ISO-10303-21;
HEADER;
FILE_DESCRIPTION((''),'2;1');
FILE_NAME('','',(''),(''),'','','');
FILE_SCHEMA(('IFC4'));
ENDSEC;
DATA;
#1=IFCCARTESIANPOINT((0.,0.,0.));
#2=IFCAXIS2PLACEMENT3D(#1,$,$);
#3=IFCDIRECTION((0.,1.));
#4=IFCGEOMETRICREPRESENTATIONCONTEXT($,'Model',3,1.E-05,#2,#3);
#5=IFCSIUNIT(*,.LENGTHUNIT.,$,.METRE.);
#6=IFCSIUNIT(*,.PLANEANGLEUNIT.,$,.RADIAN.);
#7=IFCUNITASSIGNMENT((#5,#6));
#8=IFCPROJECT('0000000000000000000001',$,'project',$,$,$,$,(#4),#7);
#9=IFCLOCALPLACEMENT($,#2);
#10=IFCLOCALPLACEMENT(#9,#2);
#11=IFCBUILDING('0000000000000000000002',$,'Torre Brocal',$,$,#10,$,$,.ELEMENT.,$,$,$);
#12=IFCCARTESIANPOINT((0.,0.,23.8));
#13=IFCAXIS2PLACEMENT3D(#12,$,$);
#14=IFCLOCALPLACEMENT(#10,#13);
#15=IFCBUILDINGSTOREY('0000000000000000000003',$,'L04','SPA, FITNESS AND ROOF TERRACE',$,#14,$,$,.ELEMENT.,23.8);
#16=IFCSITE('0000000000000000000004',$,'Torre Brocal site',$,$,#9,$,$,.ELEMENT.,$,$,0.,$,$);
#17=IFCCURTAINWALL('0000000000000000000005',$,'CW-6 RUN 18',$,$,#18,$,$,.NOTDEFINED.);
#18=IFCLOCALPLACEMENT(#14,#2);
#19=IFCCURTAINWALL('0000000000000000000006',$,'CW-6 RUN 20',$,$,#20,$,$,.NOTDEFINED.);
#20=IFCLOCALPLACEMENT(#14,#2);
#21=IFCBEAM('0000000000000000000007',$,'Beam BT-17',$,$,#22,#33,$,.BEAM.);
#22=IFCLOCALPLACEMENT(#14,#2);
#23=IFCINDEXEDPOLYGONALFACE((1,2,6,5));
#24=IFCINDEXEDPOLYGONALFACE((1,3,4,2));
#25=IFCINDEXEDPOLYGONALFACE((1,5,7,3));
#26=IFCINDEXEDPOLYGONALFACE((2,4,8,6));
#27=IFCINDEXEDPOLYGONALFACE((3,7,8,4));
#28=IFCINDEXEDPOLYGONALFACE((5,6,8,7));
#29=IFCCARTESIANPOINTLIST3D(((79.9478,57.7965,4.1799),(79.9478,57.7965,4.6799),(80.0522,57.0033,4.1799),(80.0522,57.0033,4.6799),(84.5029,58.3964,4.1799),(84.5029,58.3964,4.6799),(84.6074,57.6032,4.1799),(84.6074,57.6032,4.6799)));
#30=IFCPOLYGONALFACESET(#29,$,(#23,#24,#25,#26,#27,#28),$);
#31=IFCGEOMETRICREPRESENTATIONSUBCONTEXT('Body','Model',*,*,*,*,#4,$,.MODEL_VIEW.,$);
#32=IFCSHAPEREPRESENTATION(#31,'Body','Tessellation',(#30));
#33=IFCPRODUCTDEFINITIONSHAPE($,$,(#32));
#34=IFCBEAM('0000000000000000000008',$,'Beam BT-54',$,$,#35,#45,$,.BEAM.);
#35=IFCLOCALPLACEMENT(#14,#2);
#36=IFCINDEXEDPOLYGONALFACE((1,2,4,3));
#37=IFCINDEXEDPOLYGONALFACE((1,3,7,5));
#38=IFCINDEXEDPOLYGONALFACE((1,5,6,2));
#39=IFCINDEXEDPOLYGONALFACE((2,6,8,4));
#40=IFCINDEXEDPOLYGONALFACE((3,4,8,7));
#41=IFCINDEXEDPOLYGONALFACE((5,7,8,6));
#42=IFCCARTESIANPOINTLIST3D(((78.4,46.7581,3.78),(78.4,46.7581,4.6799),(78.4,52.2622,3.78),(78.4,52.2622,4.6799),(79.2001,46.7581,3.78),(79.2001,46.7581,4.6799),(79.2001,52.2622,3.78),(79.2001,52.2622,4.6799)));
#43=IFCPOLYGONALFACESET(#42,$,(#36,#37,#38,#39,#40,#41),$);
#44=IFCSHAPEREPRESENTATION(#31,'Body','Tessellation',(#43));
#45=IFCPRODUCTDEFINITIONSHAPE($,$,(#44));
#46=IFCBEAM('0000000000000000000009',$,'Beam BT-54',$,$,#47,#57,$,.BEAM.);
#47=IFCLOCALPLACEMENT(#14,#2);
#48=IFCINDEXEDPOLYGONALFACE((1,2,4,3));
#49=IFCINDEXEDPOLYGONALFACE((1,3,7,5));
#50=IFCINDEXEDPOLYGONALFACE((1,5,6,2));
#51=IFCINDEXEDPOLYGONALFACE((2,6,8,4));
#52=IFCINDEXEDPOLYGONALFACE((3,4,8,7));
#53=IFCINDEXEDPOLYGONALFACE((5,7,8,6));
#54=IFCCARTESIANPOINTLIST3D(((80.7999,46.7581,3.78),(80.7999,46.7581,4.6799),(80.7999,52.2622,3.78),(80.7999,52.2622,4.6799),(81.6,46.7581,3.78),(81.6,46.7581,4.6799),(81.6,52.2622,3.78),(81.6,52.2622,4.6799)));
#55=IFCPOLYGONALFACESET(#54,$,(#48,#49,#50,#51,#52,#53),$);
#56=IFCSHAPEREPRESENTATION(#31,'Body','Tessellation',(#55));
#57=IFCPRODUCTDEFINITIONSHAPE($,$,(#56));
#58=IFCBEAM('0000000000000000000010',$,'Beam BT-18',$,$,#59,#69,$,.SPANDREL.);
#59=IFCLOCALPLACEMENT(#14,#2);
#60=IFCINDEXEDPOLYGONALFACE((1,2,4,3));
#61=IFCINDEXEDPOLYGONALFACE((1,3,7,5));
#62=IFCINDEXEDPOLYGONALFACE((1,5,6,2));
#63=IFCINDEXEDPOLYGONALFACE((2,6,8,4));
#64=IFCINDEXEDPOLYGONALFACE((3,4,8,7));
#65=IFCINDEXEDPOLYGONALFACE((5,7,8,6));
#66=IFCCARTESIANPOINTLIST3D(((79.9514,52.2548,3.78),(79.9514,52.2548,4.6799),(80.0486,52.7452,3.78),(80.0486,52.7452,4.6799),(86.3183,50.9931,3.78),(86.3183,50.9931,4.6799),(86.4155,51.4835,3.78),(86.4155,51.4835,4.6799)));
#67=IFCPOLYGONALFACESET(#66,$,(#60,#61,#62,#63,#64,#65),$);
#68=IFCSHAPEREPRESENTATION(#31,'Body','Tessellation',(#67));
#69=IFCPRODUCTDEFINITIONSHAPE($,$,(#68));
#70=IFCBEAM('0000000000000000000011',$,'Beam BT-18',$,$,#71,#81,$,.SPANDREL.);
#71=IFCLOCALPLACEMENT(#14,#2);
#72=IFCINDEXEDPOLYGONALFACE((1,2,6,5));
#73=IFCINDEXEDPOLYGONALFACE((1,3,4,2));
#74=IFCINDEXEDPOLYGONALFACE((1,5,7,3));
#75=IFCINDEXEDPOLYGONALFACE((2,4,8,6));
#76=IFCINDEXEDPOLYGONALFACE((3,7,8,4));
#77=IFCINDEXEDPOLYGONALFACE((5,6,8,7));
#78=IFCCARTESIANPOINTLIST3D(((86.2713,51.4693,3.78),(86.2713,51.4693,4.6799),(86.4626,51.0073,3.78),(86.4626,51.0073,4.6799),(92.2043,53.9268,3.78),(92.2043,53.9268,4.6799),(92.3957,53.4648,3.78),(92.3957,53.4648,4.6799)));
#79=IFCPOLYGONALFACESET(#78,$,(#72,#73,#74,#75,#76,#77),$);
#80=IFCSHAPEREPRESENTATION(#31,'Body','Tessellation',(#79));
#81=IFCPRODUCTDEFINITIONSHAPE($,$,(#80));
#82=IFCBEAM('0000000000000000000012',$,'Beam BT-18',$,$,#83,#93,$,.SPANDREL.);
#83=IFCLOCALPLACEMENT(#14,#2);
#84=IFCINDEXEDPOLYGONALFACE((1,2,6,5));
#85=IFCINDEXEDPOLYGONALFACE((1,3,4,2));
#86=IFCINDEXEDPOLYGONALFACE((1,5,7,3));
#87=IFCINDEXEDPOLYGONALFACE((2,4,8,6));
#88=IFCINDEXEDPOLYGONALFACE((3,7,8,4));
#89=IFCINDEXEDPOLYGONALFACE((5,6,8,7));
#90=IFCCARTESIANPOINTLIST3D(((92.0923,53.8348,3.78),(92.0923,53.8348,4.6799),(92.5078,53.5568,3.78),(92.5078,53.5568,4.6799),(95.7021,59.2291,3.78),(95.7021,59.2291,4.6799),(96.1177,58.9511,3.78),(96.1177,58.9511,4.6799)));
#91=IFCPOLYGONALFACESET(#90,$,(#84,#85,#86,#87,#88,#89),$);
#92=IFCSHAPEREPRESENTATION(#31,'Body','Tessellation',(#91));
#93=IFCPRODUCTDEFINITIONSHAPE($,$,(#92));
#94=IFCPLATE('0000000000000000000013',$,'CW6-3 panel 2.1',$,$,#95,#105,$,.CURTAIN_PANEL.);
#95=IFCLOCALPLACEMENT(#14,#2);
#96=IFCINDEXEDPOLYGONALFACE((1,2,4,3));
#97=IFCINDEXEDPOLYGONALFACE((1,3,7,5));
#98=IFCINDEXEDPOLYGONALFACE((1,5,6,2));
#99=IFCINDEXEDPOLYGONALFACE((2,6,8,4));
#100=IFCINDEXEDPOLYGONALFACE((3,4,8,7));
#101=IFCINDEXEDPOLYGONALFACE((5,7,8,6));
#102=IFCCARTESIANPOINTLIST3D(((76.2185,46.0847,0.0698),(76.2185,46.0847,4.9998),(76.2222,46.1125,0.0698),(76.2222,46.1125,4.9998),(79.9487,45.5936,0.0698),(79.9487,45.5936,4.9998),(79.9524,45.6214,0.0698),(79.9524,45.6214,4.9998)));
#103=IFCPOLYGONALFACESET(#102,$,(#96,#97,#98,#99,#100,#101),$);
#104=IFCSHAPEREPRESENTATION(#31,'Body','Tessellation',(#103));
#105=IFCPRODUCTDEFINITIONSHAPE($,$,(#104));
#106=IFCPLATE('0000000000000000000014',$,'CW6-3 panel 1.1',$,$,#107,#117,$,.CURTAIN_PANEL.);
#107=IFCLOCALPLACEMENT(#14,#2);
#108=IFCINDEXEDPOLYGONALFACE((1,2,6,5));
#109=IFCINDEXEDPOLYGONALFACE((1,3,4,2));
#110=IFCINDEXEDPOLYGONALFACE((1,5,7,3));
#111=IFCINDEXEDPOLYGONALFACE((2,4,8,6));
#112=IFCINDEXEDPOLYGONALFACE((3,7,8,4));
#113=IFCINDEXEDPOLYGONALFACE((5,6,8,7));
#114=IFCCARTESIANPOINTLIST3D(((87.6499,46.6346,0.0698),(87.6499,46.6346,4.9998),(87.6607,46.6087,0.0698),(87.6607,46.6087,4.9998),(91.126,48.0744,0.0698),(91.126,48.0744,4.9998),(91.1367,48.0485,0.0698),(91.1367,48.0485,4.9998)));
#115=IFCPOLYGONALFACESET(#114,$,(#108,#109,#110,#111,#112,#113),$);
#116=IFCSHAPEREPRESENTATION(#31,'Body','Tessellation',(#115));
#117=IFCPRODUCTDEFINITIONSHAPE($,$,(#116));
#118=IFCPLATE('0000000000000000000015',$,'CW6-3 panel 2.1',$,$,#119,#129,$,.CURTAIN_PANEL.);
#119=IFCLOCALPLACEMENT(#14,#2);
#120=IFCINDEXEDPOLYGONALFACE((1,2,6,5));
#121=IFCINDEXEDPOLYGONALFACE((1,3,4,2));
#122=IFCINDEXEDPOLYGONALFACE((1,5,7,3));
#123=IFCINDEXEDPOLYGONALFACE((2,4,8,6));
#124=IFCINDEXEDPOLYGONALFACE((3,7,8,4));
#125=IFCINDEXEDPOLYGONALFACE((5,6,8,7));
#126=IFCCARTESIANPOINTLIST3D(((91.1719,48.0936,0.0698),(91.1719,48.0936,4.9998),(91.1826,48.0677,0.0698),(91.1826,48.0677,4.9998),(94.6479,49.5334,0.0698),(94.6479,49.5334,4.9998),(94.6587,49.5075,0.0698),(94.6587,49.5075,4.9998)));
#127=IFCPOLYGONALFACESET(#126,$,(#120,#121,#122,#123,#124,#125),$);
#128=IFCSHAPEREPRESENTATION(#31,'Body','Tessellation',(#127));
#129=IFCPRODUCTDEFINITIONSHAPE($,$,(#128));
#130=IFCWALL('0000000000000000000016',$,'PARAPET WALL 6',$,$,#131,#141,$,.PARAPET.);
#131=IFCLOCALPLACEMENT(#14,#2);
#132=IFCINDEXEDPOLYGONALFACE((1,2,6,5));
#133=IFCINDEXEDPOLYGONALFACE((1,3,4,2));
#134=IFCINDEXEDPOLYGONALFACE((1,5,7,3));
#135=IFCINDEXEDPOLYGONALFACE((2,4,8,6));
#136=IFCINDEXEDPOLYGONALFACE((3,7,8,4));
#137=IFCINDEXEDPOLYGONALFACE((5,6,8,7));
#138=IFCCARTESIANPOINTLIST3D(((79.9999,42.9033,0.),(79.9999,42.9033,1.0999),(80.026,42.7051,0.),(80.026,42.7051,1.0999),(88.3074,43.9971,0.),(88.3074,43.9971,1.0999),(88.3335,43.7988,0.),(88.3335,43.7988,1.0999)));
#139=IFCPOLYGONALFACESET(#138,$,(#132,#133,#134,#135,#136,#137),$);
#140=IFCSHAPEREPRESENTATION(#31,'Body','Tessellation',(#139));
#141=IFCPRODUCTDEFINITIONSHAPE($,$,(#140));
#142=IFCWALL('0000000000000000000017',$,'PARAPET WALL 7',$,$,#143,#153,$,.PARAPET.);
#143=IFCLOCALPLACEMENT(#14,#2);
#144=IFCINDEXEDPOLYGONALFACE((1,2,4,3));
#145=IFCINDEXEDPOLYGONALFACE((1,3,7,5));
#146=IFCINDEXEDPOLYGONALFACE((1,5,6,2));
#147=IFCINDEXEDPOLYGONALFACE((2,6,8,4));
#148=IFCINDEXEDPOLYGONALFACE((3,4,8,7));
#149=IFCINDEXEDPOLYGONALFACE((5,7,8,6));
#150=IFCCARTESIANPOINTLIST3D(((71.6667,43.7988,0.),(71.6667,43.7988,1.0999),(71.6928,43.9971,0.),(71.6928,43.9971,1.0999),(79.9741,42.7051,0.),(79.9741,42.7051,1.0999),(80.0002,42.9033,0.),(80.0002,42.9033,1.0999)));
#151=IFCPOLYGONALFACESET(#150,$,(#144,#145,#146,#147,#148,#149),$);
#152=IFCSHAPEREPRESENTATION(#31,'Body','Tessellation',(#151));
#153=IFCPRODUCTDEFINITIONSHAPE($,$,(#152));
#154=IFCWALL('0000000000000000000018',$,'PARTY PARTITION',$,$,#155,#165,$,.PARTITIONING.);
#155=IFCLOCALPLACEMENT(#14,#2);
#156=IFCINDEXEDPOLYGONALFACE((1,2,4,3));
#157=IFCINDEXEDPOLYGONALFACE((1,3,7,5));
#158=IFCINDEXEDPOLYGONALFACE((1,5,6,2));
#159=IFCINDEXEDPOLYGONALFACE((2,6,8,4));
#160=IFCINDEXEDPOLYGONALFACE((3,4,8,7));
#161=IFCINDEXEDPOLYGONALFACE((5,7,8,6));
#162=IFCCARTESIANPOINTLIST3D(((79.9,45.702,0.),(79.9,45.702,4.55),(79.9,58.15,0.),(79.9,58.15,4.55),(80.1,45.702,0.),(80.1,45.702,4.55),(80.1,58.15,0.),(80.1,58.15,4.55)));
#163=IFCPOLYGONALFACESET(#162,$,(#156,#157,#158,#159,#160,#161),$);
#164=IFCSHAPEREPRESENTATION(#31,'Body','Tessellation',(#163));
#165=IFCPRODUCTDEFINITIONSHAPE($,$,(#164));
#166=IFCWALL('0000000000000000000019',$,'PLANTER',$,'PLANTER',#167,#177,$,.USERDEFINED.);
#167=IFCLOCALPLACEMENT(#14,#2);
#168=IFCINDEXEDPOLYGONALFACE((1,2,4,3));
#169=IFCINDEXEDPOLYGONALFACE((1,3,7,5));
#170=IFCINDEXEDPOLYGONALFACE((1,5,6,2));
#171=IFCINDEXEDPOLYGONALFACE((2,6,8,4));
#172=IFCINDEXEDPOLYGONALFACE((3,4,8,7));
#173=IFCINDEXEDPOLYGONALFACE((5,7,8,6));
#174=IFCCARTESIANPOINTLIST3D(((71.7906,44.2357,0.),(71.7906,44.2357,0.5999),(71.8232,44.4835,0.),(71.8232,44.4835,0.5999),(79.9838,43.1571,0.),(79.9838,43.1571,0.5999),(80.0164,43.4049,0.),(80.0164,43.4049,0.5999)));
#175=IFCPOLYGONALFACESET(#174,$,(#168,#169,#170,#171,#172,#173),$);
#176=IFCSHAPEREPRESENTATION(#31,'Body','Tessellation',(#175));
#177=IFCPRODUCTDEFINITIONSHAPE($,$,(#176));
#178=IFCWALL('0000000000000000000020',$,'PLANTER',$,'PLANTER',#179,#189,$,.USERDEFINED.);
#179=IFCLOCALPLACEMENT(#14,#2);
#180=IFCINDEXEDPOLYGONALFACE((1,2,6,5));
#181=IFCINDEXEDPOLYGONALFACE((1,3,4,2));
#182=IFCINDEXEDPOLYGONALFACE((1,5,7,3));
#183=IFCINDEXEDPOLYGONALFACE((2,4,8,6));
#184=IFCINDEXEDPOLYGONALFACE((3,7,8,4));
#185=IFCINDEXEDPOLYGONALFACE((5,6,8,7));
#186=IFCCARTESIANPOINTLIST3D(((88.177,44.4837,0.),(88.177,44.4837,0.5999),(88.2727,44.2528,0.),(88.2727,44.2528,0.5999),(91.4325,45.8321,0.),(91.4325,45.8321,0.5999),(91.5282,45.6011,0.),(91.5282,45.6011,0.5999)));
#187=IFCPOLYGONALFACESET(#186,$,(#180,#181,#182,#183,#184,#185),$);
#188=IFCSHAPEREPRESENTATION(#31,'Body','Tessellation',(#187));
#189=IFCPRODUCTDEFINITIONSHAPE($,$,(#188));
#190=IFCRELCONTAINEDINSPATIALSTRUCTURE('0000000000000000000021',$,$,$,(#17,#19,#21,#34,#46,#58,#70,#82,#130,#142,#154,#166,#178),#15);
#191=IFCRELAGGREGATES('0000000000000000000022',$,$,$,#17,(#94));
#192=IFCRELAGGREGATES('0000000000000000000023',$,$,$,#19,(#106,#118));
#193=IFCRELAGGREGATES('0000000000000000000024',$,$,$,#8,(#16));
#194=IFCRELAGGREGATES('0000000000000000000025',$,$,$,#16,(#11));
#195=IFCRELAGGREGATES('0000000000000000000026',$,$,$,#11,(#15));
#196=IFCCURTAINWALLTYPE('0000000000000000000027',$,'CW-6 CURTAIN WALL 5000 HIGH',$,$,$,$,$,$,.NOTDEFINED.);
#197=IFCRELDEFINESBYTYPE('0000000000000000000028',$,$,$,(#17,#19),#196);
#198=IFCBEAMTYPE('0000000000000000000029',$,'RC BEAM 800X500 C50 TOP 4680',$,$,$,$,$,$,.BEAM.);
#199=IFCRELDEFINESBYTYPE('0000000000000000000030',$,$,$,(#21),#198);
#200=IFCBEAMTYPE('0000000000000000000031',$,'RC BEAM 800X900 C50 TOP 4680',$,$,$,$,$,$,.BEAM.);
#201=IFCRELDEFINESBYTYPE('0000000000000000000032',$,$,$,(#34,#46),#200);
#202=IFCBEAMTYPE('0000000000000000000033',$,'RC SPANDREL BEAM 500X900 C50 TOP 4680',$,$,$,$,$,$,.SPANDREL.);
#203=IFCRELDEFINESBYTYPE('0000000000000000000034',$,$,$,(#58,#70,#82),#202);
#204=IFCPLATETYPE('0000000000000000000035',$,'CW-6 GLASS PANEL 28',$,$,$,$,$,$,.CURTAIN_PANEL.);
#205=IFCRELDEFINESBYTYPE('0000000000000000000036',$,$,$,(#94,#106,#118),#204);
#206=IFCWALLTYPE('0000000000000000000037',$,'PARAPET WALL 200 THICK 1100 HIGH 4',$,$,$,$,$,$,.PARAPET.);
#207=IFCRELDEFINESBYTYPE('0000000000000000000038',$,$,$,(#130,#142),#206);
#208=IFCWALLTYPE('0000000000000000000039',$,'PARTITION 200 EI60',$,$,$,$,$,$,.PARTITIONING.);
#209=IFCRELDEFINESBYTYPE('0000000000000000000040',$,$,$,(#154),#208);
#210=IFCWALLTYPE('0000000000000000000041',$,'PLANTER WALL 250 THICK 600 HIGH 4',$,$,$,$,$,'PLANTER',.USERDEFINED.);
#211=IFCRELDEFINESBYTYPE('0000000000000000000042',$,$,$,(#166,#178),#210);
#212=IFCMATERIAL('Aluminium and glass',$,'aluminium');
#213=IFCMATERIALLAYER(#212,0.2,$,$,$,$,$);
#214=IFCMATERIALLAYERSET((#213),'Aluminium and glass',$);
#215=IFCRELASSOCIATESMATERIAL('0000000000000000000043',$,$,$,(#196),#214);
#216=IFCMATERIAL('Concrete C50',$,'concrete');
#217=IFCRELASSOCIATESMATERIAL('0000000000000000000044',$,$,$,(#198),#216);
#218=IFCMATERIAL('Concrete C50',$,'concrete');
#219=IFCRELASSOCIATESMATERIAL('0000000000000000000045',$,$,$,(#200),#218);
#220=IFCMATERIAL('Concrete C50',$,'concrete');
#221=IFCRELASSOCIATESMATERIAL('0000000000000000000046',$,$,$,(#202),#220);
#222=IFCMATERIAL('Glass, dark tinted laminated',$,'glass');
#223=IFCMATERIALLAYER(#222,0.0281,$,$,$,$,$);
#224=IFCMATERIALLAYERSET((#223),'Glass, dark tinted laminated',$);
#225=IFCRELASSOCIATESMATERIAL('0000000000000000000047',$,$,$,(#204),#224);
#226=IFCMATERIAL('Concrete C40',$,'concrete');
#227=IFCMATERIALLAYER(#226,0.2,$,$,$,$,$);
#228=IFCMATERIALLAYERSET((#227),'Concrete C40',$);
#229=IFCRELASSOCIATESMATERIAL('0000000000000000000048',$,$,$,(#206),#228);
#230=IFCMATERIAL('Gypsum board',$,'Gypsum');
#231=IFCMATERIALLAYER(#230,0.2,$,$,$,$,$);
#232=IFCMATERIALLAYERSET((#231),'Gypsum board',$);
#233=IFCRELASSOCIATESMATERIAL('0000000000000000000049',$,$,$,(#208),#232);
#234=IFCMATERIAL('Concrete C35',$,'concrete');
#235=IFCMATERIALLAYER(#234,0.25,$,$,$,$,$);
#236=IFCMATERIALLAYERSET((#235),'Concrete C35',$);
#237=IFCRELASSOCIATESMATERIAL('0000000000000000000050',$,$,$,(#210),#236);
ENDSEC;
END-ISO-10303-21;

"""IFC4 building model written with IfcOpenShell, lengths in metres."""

from ifc_helpers import new_model, si_unit, direction, frame, frame_2d, origin, origin_2d, place, context, subcontext, project, spatial, rectangle, extrude, material, layer, layer_set, material_profile, profile_set, type_object, element, aggregate, save


model = new_model("IFC4")

# Units and contexts
model_context = context("Model", 3, precision=1e-05, world=origin(), true_north=direction((0.0, 1.0)))
body_context = subcontext(model_context, "Body", "Model", "MODEL_VIEW")
ifc_project = project(units=[si_unit("LENGTHUNIT", "METRE"), si_unit("PLANEANGLEUNIT", "RADIAN")], contexts=[model_context])

# Site, building, storey
site_placement = place(None, origin())
site = spatial("IfcSite", under=ifc_project, at=site_placement, Name="Torre Brocal site", CompositionType="ELEMENT", RefElevation=0.0)
building_placement = place(site_placement, origin())
building = spatial("IfcBuilding", under=site, at=building_placement, Name="Torre Brocal", CompositionType="ELEMENT")
storey_placement = place(building_placement, frame((0.0, 0.0, 23.8)))
storey = spatial("IfcBuildingStorey", under=building, at=storey_placement, Name="L04", Description="SPA, FITNESS AND ROOF TERRACE", CompositionType="ELEMENT", Elevation=23.8)

# Curtain wall
ifc_material_1 = material(Name="Aluminium and glass", Category="aluminium")
ifc_layer_1 = layer(ifc_material_1, 0.2)
ifc_layer_set_1 = layer_set([ifc_layer_1], Name="Aluminium and glass")
curtain_wall_type = type_object("IfcCurtainWallType", Name="CW-6 CURTAIN WALL 5000 HIGH", PredefinedType="NOTDEFINED", material=ifc_layer_set_1)
curtain_wall_1_placement = place(storey_placement, origin())
curtain_wall_1 = element("IfcCurtainWall", 1, at=curtain_wall_1_placement, inside=storey, type_object=curtain_wall_type, Name="CW-6 RUN 18", PredefinedType="NOTDEFINED")

# Curtain wall
curtain_wall_2_placement = place(storey_placement, origin())
curtain_wall_2 = element("IfcCurtainWall", 2, at=curtain_wall_2_placement, inside=storey, type_object=curtain_wall_type, Name="CW-6 RUN 20", PredefinedType="NOTDEFINED")

# Beams
ifc_material_2 = material(Name="Concrete C50", Category="concrete")
ifc_material_profile_1 = material_profile(ifc_material_2, rectangle(XDim=0.8, YDim=0.5, at=origin_2d()), Name="RC 800X500")
ifc_profile_set_1 = profile_set([ifc_material_profile_1], Name="Concrete C50")
beam_type_1 = type_object("IfcBeamType", Name="RC BEAM 800X500 C50 TOP 4680", PredefinedType="BEAM", material=ifc_profile_set_1)
beam_1_placement = place(storey_placement, frame((80.0, 57.3999, 4.4299), z_axis=(0.991441, 0.130559, 0.0), x_axis=(-0.130559, 0.991441, 0.0)))
element("IfcBeam", 3, at=beam_1_placement, inside=storey, type_object=beam_type_1, Name="Beam BT-17", PredefinedType="BEAM", context=body_context, shape_type="SweptSolid", body=[
    extrude(rectangle(XDim=0.8, YDim=0.5, at=origin_2d()), origin(), (0.0, 0.0, 1.0), 4.5945),
])
ifc_material_3 = material(Name="Concrete C50", Category="concrete")
ifc_material_profile_2 = material_profile(ifc_material_3, rectangle(XDim=0.8, YDim=0.8999, at=origin_2d()), Name="RC 800X900")
ifc_profile_set_2 = profile_set([ifc_material_profile_2], Name="Concrete C50")
beam_type_2 = type_object("IfcBeamType", Name="RC BEAM 800X900 C50 TOP 4680", PredefinedType="BEAM", material=ifc_profile_set_2)
for number, where, z_axis, x_axis, name in (
    (4, (78.8, 52.2622, 4.23), (0.0, -1.0, 0.0), (1.0, 0.0, 0.0), "Beam BT-54"),
    (5, (81.2, 52.2622, 4.23), (0.0, -1.0, 0.0), (1.0, 0.0, 0.0), "Beam BT-54"),
):
    element("IfcBeam", number, at=place(storey_placement, frame(where, z_axis=z_axis, x_axis=x_axis)), inside=storey, type_object=beam_type_2, Name=name, PredefinedType="BEAM", context=body_context, shape_type="SweptSolid", body=[
        extrude(rectangle(XDim=0.8, YDim=0.8999, at=origin_2d()), origin(), (0.0, 0.0, 1.0), 5.5042),
    ])
ifc_material_4 = material(Name="Concrete C50", Category="concrete")
ifc_material_profile_3 = material_profile(ifc_material_4, rectangle(XDim=0.5, YDim=0.8999, at=origin_2d()), Name="RC 500X900")
ifc_profile_set_3 = profile_set([ifc_material_profile_3], Name="Concrete C50")
beam_type_3 = type_object("IfcBeamType", Name="RC SPANDREL BEAM 500X900 C50 TOP 4680", PredefinedType="SPANDREL", material=ifc_profile_set_3)
beam_2_placement = place(storey_placement, frame((80.0, 52.5, 4.23), z_axis=(0.980925, -0.194387, 0.0), x_axis=(0.194387, 0.980925, 0.0)))
element("IfcBeam", 6, at=beam_2_placement, inside=storey, type_object=beam_type_3, Name="Beam BT-18", PredefinedType="SPANDREL", context=body_context, shape_type="SweptSolid", body=[
    extrude(rectangle(XDim=0.5, YDim=0.8999, at=origin_2d()), origin(), (0.0, 0.0, 1.0), 6.4907),
])
beam_3_placement = place(storey_placement, frame((86.3669, 51.2383, 4.23), z_axis=(0.923882, 0.382676, 0.0), x_axis=(-0.382676, 0.923882, 0.0)))
element("IfcBeam", 7, at=beam_3_placement, inside=storey, type_object=beam_type_3, Name="Beam BT-18", PredefinedType="SPANDREL", context=body_context, shape_type="SweptSolid", body=[
    extrude(rectangle(XDim=0.5, YDim=0.8999, at=origin_2d()), origin(), (0.0, 0.0, 1.0), 6.4219),
])
beam_4_placement = place(storey_placement, frame((92.3, 53.6958, 4.23), z_axis=(0.556158, 0.831077, 0.0), x_axis=(-0.831077, 0.556158, 0.0)))
element("IfcBeam", 8, at=beam_4_placement, inside=storey, type_object=beam_type_3, Name="Beam BT-18", PredefinedType="SPANDREL", context=body_context, shape_type="SweptSolid", body=[
    extrude(rectangle(XDim=0.5, YDim=0.8999, at=origin_2d()), origin(), (0.0, 0.0, 1.0), 6.4907),
])

# Plates
ifc_material_5 = material(Name="Glass, dark tinted laminated", Category="glass")
ifc_layer_2 = layer(ifc_material_5, 0.0281)
ifc_layer_set_2 = layer_set([ifc_layer_2], Name="Glass, dark tinted laminated")
plate_type = type_object("IfcPlateType", Name="CW-6 GLASS PANEL 28", PredefinedType="CURTAIN_PANEL", material=ifc_layer_set_2)
plate_1_placement = place(storey_placement, frame((78.0854, 45.853, 0.0698), z_axis=(0.0, 0.0, 1.0), x_axis=(0.991445, -0.130526, 0.0)))
plate_1 = element("IfcPlate", 9, at=plate_1_placement, type_object=plate_type, Name="CW6-3 panel 2.1", PredefinedType="CURTAIN_PANEL", context=body_context, shape_type="SweptSolid", body=[
    extrude(rectangle(XDim=3.7625, YDim=0.0281, at=origin_2d()), origin(), (0.0, 0.0, 1.0), 4.9299),
])
aggregate(curtain_wall_1, [plate_1])
plate_2_placement = place(storey_placement, frame((89.3933, 47.3416, 0.0698), z_axis=(0.0, 0.0, 1.0), x_axis=(0.92388, 0.382683, 0.0)))
plate_2 = element("IfcPlate", 10, at=plate_2_placement, type_object=plate_type, Name="CW6-3 panel 1.1", PredefinedType="CURTAIN_PANEL", context=body_context, shape_type="SweptSolid", body=[
    extrude(rectangle(XDim=3.7625, YDim=0.0281, at=origin_2d()), origin(), (0.0, 0.0, 1.0), 4.9299),
])
plate_3_placement = place(storey_placement, frame((92.9153, 48.8005, 0.0698), z_axis=(0.0, 0.0, 1.0), x_axis=(0.92388, 0.382683, 0.0)))
plate_3 = element("IfcPlate", 11, at=plate_3_placement, type_object=plate_type, Name="CW6-3 panel 2.1", PredefinedType="CURTAIN_PANEL", context=body_context, shape_type="SweptSolid", body=[
    extrude(rectangle(XDim=3.7625, YDim=0.0281, at=origin_2d()), origin(), (0.0, 0.0, 1.0), 4.9299),
])
aggregate(curtain_wall_2, [plate_2, plate_3])

# Walls
ifc_material_6 = material(Name="Concrete C40", Category="concrete")
ifc_layer_3 = layer(ifc_material_6, 0.2)
ifc_layer_set_3 = layer_set([ifc_layer_3], Name="Concrete C40")
wall_type_1 = type_object("IfcWallType", Name="PARAPET WALL 200 THICK 1100 HIGH 4", PredefinedType="PARAPET", material=ifc_layer_set_3)
for number, where, z_axis, x_axis, name in (
    (12, (88.3203, 43.8979, 0.0), (0.0, 0.0, 1.0), (-0.991444, -0.130534, 0.0), "PARAPET WALL 6"),
    (13, (79.9871, 42.8042, 0.0), (0.0, 0.0, 1.0), (-0.991444, 0.130534, 0.0), "PARAPET WALL 7"),
):
    element("IfcWall", number, at=place(storey_placement, frame(where, z_axis=z_axis, x_axis=x_axis)), inside=storey, type_object=wall_type_1, Name=name, PredefinedType="PARAPET", context=body_context, shape_type="SweptSolid", body=[
        extrude(rectangle(XDim=8.3792, YDim=0.2, at=frame_2d((4.1895, 0.0))), origin(), (0.0, 0.0, 1.0), 1.0999),
    ])
ifc_material_7 = material(Name="Gypsum board", Category="Gypsum")
ifc_layer_4 = layer(ifc_material_7, 0.2)
ifc_layer_set_4 = layer_set([ifc_layer_4], Name="Gypsum board")
wall_type_2 = type_object("IfcWallType", Name="PARTITION 200 EI60", PredefinedType="PARTITIONING", material=ifc_layer_set_4)
wall_1_placement = place(storey_placement, frame((80.0, 45.7019, 0.0), z_axis=(0.0, 0.0, 1.0), x_axis=(0.0, 1.0, 0.0)))
element("IfcWall", 14, at=wall_1_placement, inside=storey, type_object=wall_type_2, Name="PARTY PARTITION", PredefinedType="PARTITIONING", context=body_context, shape_type="SweptSolid", body=[
    extrude(rectangle(XDim=12.448, YDim=0.2, at=frame_2d((6.2241, 0.0))), origin(), (0.0, 0.0, 1.0), 4.55),
])
ifc_material_8 = material(Name="Concrete C35", Category="concrete")
ifc_layer_5 = layer(ifc_material_8, 0.25)
ifc_layer_set_5 = layer_set([ifc_layer_5], Name="Concrete C35")
wall_type_3 = type_object("IfcWallType", Name="PLANTER WALL 250 THICK 600 HIGH 4", ElementType="PLANTER", PredefinedType="USERDEFINED", material=ifc_layer_set_5)
wall_2_placement = place(storey_placement, frame((80.0, 43.281, 0.0), z_axis=(0.0, 0.0, 1.0), x_axis=(-0.991445, 0.130523, 0.0)))
element("IfcWall", 15, at=wall_2_placement, inside=storey, type_object=wall_type_3, Name="PLANTER", ObjectType="PLANTER", PredefinedType="USERDEFINED", context=body_context, shape_type="SweptSolid", body=[
    extrude(rectangle(XDim=8.2639, YDim=0.25, at=frame_2d((4.1318, 0.0))), origin(), (0.0, 0.0, 1.0), 0.5999),
])
wall_3_placement = place(storey_placement, frame((91.4802, 45.7166, 0.0), z_axis=(0.0, 0.0, 1.0), x_axis=(-0.923893, -0.382652, 0.0)))
element("IfcWall", 16, at=wall_3_placement, inside=storey, type_object=wall_type_3, Name="PLANTER", ObjectType="PLANTER", PredefinedType="USERDEFINED", context=body_context, shape_type="SweptSolid", body=[
    extrude(rectangle(XDim=3.5237, YDim=0.25, at=frame_2d((1.7617, 0.0))), origin(), (0.0, 0.0, 1.0), 0.5999),
])

save(model, "model.ifc")
